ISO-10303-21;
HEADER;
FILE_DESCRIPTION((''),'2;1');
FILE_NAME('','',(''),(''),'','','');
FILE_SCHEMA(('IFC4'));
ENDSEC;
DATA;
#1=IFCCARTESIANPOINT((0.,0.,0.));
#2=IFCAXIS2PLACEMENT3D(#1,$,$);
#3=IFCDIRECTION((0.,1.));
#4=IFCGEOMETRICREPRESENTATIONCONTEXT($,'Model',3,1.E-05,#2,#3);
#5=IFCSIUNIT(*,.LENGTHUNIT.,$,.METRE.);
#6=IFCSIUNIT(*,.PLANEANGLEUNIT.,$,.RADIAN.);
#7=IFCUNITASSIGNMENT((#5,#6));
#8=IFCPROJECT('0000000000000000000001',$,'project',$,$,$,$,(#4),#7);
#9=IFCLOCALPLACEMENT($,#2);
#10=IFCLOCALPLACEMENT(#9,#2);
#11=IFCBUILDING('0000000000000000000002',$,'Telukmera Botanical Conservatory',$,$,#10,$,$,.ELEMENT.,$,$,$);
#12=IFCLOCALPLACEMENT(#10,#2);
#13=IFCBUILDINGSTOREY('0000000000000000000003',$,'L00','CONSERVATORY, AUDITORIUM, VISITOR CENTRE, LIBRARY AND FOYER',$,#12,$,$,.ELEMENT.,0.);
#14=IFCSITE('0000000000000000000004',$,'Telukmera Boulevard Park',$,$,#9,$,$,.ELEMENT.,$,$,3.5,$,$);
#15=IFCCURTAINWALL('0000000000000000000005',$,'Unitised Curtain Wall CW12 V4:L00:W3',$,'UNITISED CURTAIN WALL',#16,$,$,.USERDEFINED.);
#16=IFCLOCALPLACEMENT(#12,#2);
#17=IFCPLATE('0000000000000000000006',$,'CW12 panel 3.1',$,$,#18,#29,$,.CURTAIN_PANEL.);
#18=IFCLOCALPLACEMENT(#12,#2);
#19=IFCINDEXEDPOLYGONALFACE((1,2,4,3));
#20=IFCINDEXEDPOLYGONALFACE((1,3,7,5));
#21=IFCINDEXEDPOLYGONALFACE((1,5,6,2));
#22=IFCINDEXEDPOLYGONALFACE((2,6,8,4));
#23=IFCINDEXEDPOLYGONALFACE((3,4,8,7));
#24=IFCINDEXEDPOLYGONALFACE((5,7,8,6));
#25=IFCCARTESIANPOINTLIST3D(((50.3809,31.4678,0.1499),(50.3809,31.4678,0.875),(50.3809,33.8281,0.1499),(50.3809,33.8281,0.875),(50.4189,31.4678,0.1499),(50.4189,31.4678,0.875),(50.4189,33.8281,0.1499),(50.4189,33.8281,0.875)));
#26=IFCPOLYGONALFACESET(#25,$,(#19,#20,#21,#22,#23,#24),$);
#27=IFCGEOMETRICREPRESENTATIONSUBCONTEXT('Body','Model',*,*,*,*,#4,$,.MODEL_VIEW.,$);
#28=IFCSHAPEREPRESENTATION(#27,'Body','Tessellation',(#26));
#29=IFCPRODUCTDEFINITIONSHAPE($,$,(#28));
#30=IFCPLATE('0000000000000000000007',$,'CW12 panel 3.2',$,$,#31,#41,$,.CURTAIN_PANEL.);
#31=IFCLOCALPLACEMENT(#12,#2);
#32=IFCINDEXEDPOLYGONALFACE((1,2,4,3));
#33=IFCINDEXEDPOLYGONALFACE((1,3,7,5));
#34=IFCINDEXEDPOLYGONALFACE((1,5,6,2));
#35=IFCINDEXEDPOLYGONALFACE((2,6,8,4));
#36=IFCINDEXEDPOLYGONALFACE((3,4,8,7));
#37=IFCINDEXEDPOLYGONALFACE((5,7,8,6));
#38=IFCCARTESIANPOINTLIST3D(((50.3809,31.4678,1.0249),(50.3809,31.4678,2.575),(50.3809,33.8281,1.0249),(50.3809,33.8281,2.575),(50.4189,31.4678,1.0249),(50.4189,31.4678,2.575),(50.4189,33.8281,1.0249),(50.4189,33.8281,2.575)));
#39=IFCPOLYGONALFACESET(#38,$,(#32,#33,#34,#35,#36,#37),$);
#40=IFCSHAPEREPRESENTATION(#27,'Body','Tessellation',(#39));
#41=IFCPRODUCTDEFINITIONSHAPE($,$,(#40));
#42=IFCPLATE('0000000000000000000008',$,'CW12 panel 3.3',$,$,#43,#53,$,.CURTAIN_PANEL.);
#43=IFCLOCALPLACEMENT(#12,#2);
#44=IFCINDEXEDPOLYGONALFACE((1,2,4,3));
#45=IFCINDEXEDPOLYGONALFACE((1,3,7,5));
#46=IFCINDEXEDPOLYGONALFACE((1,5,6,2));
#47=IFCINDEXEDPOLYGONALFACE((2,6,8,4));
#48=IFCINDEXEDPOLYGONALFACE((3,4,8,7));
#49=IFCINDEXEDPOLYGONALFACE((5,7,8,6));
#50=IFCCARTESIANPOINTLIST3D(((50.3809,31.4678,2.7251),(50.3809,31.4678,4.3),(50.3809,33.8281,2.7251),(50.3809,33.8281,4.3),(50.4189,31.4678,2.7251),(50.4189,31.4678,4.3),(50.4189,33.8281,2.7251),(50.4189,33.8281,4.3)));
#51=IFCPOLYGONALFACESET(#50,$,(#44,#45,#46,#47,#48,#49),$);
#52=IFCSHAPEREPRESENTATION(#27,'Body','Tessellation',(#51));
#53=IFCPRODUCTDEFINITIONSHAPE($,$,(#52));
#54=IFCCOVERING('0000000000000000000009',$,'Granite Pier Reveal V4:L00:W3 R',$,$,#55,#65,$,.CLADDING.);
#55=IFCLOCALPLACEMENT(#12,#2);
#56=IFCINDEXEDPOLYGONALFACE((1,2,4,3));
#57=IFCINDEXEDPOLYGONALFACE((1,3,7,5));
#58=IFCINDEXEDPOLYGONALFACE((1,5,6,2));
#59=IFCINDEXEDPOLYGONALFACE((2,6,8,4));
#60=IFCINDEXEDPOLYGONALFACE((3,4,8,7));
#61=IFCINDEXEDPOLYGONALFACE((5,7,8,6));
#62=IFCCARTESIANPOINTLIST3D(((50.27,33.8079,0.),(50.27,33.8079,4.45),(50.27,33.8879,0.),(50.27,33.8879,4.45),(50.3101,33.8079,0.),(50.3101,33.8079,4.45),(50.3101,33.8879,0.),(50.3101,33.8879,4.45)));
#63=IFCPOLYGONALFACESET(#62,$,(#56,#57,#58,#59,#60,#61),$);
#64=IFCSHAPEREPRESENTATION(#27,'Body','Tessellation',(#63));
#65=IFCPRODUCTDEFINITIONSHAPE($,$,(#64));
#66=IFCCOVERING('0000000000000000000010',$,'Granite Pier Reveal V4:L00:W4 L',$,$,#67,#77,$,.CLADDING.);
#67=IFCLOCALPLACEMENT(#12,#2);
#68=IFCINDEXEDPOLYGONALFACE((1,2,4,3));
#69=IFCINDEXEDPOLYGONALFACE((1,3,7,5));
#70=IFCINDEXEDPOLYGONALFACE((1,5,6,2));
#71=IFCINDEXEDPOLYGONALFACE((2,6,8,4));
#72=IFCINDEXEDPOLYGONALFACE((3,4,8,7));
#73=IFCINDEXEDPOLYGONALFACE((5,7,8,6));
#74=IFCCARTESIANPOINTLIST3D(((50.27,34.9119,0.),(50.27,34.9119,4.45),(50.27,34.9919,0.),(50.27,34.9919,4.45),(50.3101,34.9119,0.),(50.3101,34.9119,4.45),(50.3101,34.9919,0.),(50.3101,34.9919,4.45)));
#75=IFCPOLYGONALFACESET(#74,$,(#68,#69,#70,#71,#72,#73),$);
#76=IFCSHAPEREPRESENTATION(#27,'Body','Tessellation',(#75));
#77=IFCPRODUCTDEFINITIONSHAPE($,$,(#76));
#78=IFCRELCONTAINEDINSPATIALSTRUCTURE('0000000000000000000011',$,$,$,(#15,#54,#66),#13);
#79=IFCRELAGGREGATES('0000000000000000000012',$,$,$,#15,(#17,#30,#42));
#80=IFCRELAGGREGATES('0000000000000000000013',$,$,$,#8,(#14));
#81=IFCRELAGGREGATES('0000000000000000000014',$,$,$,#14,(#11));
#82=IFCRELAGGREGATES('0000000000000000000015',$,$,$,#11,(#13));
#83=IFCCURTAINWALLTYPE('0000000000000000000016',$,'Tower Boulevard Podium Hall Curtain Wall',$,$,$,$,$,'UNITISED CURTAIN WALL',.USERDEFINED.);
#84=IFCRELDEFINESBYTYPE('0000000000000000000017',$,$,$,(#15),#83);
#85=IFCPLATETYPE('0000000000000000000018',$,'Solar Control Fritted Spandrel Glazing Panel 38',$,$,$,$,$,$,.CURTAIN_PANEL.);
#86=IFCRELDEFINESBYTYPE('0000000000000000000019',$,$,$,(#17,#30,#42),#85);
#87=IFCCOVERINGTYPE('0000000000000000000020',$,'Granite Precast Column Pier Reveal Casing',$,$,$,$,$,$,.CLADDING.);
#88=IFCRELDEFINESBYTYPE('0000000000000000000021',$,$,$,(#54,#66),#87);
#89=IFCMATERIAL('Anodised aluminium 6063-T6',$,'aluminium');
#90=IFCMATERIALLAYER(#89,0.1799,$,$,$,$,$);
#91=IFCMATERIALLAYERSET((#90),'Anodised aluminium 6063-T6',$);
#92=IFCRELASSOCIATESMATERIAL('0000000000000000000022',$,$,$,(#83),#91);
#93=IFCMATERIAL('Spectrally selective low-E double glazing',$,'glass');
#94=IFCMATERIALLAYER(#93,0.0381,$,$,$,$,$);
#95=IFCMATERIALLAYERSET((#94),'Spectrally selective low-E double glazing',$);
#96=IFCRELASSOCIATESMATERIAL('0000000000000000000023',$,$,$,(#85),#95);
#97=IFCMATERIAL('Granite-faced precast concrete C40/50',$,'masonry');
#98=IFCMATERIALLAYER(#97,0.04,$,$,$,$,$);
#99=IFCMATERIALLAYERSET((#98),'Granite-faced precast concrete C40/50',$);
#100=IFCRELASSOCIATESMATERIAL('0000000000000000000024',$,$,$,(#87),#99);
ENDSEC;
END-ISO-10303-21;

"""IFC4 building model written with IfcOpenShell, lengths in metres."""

from ifc_helpers import new_model, si_unit, direction, frame, origin, origin_2d, place, context, subcontext, project, spatial, rectangle, extrude, material, layer, layer_set, type_object, element, aggregate, save


model = new_model("IFC4")

# Units and contexts
model_context = context("Model", 3, precision=1e-05, world=origin(), true_north=direction((0.0, 1.0)))
body_context = subcontext(model_context, "Body", "Model", "MODEL_VIEW")
ifc_project = project(units=[si_unit("LENGTHUNIT", "METRE"), si_unit("PLANEANGLEUNIT", "RADIAN")], contexts=[model_context])

# Site, building, storey
site_placement = place(None, origin())
site = spatial("IfcSite", under=ifc_project, at=site_placement, Name="Telukmera Boulevard Park", CompositionType="ELEMENT", RefElevation=3.5)
building_placement = place(site_placement, origin())
building = spatial("IfcBuilding", under=site, at=building_placement, Name="Telukmera Botanical Conservatory", CompositionType="ELEMENT")
storey_placement = place(building_placement, origin())
storey = spatial("IfcBuildingStorey", under=building, at=storey_placement, Name="L00", Description="CONSERVATORY, AUDITORIUM, VISITOR CENTRE, LIBRARY AND FOYER", CompositionType="ELEMENT", Elevation=0.0)

# Curtain wall, plates
ifc_material_1 = material(Name="Anodised aluminium 6063-T6", Category="aluminium")
ifc_layer_1 = layer(ifc_material_1, 0.1799)
ifc_layer_set_1 = layer_set([ifc_layer_1], Name="Anodised aluminium 6063-T6")
curtain_wall_type = type_object("IfcCurtainWallType", Name="Tower Boulevard Podium Hall Curtain Wall", ElementType="UNITISED CURTAIN WALL", PredefinedType="USERDEFINED", material=ifc_layer_set_1)
curtain_wall_placement = place(storey_placement, origin())
curtain_wall = element("IfcCurtainWall", 1, at=curtain_wall_placement, inside=storey, type_object=curtain_wall_type, Name="Unitised Curtain Wall CW12 V4:L00:W3", ObjectType="UNITISED CURTAIN WALL", PredefinedType="USERDEFINED")
ifc_material_2 = material(Name="Spectrally selective low-E double glazing", Category="glass")
ifc_layer_2 = layer(ifc_material_2, 0.0381)
ifc_layer_set_2 = layer_set([ifc_layer_2], Name="Spectrally selective low-E double glazing")
plate_type = type_object("IfcPlateType", Name="Solar Control Fritted Spandrel Glazing Panel 38", PredefinedType="CURTAIN_PANEL", material=ifc_layer_set_2)
plate_1_placement = place(storey_placement, frame((50.3999, 32.6479, 0.1499), z_axis=(0.0, 0.0, 1.0), x_axis=(0.0, 1.0, 0.0)))
plate_1 = element("IfcPlate", 2, at=plate_1_placement, type_object=plate_type, Name="CW12 panel 3.1", PredefinedType="CURTAIN_PANEL", context=body_context, shape_type="SweptSolid", body=[
    extrude(rectangle(XDim=2.3604, YDim=0.0381, at=origin_2d()), origin(), (0.0, 0.0, 1.0), 0.7251),
])
plate_2_placement = place(storey_placement, frame((50.3999, 32.6479, 1.0249), z_axis=(0.0, 0.0, 1.0), x_axis=(0.0, 1.0, 0.0)))
plate_2 = element("IfcPlate", 3, at=plate_2_placement, type_object=plate_type, Name="CW12 panel 3.2", PredefinedType="CURTAIN_PANEL", context=body_context, shape_type="SweptSolid", body=[
    extrude(rectangle(XDim=2.3604, YDim=0.0381, at=origin_2d()), origin(), (0.0, 0.0, 1.0), 1.55),
])
plate_3_placement = place(storey_placement, frame((50.3999, 32.6479, 2.7251), z_axis=(0.0, 0.0, 1.0), x_axis=(0.0, 1.0, 0.0)))
plate_3 = element("IfcPlate", 4, at=plate_3_placement, type_object=plate_type, Name="CW12 panel 3.3", PredefinedType="CURTAIN_PANEL", context=body_context, shape_type="SweptSolid", body=[
    extrude(rectangle(XDim=2.3604, YDim=0.0381, at=origin_2d()), origin(), (0.0, 0.0, 1.0), 1.575),
])
aggregate(curtain_wall, [plate_1, plate_2, plate_3])

# Coverings
ifc_material_3 = material(Name="Granite-faced precast concrete C40/50", Category="masonry")
ifc_layer_3 = layer(ifc_material_3, 0.04)
ifc_layer_set_3 = layer_set([ifc_layer_3], Name="Granite-faced precast concrete C40/50")
covering_type = type_object("IfcCoveringType", Name="Granite Precast Column Pier Reveal Casing", PredefinedType="CLADDING", material=ifc_layer_set_3)
for number, where, z_axis, x_axis, name in (
    (5, (50.29, 33.8479, 0.0), (0.0, 0.0, 1.0), (0.0, 1.0, 0.0), "Granite Pier Reveal V4:L00:W3 R"),
    (6, (50.29, 34.9519, 0.0), (0.0, 0.0, 1.0), (0.0, 1.0, 0.0), "Granite Pier Reveal V4:L00:W4 L"),
):
    element("IfcCovering", number, at=place(storey_placement, frame(where, z_axis=z_axis, x_axis=x_axis)), inside=storey, type_object=covering_type, Name=name, PredefinedType="CLADDING", context=body_context, shape_type="SweptSolid", body=[
        extrude(rectangle(XDim=0.0801, YDim=0.04, at=origin_2d()), origin(), (0.0, 0.0, 1.0), 4.45),
    ])

save(model, "model.ifc")
